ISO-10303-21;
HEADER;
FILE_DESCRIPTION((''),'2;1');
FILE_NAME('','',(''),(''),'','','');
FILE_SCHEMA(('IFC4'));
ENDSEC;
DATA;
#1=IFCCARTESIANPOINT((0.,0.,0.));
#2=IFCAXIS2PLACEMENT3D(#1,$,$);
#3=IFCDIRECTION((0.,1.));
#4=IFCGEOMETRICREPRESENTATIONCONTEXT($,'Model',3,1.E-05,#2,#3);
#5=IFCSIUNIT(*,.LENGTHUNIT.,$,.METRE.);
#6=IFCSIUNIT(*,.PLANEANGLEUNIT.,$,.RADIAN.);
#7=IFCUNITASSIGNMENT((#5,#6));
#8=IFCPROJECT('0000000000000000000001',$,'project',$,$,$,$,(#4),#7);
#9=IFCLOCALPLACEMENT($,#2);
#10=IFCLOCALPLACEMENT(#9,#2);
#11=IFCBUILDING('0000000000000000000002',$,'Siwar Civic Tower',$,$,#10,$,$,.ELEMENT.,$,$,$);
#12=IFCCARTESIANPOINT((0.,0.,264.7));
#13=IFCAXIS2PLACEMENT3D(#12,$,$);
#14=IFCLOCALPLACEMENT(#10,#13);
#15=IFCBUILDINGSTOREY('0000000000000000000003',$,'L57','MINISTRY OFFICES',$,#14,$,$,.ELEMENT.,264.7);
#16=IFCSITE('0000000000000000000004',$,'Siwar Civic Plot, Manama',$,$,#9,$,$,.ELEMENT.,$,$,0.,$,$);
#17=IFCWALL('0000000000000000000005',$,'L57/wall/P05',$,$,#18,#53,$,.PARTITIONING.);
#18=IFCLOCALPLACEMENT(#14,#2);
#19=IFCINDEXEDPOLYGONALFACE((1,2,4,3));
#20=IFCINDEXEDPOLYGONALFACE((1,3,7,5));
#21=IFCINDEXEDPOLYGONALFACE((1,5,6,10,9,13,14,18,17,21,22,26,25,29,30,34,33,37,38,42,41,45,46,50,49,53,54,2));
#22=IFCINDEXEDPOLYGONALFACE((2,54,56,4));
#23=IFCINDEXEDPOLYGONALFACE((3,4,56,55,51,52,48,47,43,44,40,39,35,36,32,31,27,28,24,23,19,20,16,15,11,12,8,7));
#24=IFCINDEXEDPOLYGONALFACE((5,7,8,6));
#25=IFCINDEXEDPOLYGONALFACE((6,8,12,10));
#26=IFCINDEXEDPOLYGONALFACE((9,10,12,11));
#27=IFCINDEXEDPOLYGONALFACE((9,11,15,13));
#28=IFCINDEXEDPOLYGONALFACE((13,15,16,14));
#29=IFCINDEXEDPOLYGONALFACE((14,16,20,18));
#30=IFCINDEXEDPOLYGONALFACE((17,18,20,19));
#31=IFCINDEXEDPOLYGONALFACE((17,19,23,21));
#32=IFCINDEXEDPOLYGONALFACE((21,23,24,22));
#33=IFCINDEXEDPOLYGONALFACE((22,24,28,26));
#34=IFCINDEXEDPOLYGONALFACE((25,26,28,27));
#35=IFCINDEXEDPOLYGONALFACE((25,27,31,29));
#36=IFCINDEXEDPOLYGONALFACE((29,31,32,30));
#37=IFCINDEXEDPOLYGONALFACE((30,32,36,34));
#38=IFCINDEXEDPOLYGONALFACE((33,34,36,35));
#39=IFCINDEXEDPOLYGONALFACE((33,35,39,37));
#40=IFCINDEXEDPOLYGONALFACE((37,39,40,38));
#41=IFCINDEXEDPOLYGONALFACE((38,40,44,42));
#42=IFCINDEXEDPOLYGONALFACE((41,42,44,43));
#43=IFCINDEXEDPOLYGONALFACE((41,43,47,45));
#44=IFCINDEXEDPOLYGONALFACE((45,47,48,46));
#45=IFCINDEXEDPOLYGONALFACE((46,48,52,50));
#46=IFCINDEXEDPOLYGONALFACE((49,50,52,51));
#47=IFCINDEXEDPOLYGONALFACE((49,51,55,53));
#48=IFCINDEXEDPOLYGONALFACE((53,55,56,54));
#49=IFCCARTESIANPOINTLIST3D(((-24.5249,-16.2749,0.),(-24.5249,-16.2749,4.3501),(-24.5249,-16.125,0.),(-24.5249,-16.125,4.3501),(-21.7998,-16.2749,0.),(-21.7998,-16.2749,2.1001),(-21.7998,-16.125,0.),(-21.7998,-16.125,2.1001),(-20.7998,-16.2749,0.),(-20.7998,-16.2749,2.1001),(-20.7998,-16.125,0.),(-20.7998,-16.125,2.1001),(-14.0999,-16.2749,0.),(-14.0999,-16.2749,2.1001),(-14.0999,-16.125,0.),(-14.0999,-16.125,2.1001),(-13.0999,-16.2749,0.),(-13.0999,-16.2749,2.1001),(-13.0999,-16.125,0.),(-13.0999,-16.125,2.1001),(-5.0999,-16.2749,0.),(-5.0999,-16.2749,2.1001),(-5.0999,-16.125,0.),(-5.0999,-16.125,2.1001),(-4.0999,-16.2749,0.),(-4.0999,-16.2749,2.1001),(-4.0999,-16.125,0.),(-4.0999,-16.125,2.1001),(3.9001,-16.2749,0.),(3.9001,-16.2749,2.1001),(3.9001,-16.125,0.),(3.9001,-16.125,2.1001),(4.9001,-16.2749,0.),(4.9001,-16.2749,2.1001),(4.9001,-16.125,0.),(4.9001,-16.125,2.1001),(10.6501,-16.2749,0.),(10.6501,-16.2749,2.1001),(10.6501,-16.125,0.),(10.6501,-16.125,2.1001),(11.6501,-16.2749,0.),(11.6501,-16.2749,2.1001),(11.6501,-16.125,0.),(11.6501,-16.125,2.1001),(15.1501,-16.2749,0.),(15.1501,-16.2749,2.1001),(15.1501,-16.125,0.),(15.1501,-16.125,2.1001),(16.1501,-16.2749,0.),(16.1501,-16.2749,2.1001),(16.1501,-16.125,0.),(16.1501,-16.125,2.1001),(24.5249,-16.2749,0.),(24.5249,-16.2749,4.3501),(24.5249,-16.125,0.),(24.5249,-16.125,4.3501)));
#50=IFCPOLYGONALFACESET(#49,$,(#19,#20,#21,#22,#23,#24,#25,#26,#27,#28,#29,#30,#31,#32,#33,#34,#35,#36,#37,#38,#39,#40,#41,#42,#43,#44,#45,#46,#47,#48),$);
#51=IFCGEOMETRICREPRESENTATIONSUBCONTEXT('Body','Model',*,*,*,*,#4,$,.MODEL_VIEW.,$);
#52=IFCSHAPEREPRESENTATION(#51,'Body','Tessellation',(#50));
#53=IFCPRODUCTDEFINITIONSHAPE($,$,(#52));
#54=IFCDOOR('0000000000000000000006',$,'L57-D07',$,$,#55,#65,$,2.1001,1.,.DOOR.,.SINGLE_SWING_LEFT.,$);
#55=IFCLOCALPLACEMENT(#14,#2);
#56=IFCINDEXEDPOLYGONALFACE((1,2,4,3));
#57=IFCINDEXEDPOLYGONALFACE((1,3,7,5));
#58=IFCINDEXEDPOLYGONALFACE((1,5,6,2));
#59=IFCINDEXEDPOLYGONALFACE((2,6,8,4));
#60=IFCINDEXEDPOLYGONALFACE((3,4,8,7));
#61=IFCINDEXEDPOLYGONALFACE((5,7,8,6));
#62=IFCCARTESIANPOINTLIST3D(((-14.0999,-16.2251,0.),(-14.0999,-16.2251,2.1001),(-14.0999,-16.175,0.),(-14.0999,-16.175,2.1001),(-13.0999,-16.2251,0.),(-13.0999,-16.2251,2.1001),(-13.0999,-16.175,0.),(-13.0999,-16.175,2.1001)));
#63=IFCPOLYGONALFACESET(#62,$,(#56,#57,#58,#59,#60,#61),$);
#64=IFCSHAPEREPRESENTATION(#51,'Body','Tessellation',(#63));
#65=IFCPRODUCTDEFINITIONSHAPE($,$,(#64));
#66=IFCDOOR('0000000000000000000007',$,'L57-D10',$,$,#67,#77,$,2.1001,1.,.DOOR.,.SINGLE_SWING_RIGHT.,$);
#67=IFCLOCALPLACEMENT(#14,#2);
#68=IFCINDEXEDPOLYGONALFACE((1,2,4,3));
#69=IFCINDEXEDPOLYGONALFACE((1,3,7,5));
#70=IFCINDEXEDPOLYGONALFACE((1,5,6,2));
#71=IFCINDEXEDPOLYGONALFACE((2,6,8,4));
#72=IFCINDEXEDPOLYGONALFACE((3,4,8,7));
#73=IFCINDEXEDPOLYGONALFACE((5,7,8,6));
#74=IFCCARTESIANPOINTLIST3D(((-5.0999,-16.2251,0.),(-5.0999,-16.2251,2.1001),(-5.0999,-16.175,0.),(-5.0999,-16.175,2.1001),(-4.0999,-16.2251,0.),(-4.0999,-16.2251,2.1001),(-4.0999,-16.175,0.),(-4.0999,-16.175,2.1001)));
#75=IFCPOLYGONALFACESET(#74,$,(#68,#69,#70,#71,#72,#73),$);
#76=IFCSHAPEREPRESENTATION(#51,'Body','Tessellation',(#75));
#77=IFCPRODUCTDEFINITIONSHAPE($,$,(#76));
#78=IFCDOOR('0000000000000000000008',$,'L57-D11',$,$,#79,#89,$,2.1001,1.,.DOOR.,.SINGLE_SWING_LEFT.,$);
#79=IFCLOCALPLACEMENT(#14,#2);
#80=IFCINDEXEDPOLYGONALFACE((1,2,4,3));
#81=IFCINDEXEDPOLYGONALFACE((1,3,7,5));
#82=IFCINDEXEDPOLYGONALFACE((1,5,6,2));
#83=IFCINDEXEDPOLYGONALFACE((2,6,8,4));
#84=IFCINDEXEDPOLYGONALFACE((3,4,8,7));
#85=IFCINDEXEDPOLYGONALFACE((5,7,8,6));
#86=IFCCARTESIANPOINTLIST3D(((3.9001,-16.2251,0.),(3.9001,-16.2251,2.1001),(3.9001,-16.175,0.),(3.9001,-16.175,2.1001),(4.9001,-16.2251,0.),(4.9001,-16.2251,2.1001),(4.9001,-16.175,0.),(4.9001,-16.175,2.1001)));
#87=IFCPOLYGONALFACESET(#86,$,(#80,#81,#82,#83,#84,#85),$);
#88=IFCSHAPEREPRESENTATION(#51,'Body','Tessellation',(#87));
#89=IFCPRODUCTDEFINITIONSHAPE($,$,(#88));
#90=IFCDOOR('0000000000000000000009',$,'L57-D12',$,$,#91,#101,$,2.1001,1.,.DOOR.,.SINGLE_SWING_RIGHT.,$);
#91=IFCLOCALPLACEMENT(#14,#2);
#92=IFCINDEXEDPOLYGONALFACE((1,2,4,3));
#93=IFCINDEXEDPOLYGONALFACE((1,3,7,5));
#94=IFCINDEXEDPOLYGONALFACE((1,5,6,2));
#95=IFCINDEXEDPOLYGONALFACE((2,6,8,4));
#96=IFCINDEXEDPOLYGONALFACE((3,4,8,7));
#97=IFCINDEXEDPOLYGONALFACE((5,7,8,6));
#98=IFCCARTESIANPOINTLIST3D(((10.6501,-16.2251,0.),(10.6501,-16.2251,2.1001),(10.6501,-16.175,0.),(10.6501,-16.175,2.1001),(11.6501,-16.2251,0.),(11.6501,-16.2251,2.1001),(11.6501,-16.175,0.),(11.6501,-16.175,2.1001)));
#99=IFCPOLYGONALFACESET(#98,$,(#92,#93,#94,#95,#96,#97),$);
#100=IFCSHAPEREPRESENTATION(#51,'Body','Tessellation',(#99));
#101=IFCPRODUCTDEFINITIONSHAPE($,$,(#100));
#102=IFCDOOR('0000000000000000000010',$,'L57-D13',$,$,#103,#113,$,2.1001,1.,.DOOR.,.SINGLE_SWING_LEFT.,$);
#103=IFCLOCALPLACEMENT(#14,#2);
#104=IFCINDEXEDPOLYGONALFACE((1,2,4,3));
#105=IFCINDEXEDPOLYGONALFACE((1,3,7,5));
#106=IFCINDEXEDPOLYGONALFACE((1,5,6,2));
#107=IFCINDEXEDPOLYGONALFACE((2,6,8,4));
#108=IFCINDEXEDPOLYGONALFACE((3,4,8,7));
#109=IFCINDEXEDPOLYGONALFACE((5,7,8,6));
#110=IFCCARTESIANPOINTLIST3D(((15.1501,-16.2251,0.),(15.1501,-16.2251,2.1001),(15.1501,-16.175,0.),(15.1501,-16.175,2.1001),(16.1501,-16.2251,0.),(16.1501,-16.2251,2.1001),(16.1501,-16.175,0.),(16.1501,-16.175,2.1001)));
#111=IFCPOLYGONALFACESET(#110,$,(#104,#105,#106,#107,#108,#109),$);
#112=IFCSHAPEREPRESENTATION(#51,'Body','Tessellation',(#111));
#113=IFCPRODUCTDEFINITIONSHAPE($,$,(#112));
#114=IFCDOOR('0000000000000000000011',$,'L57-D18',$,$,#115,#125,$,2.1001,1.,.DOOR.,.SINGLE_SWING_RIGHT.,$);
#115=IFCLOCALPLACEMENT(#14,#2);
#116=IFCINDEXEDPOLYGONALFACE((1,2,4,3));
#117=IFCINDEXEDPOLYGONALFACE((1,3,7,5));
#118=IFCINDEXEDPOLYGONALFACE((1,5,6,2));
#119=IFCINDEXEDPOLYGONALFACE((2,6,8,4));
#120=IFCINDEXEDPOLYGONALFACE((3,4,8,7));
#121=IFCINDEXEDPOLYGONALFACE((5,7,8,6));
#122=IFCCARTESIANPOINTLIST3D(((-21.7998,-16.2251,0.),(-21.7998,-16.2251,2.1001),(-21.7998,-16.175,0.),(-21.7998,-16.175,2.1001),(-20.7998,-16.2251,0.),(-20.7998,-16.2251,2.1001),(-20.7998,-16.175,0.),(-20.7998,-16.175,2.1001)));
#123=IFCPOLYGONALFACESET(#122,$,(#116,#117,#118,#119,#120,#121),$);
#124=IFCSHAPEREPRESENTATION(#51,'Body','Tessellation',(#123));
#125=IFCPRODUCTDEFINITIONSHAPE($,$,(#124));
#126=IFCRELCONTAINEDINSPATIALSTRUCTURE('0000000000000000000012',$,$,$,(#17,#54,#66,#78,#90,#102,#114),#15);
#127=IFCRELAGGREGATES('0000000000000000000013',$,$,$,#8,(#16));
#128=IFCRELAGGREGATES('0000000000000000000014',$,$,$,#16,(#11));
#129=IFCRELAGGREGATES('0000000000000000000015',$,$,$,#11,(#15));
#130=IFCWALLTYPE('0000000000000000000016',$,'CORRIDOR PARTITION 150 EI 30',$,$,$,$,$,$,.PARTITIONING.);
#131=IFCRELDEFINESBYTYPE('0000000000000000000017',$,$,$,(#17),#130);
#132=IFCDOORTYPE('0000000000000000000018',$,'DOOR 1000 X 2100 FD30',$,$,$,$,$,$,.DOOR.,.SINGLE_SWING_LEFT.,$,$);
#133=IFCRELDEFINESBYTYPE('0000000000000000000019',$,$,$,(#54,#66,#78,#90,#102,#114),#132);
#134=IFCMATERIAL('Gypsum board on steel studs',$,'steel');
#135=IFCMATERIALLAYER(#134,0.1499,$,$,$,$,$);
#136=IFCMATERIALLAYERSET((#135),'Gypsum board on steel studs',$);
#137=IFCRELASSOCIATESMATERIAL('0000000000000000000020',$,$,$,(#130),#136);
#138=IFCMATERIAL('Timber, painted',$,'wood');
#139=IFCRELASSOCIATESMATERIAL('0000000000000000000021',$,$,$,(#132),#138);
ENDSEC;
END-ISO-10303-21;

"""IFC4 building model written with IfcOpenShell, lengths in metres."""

from ifc_helpers import new_model, si_unit, direction, frame, frame_2d, origin, place, context, subcontext, project, spatial, rectangle, extrude, material, layer, layer_set, type_object, element, fill, save


model = new_model("IFC4")

# Units and contexts
model_context = context("Model", 3, precision=1e-05, world=origin(), true_north=direction((0.0, 1.0)))
body_context = subcontext(model_context, "Body", "Model", "MODEL_VIEW")
ifc_project = project(units=[si_unit("LENGTHUNIT", "METRE"), si_unit("PLANEANGLEUNIT", "RADIAN")], contexts=[model_context])

# Site, building, storey
site_placement = place(None, origin())
site = spatial("IfcSite", under=ifc_project, at=site_placement, Name="Siwar Civic Plot, Manama", CompositionType="ELEMENT", RefElevation=0.0)
building_placement = place(site_placement, origin())
building = spatial("IfcBuilding", under=site, at=building_placement, Name="Siwar Civic Tower", CompositionType="ELEMENT")
storey_placement = place(building_placement, frame((0.0, 0.0, 264.7)))
storey = spatial("IfcBuildingStorey", under=building, at=storey_placement, Name="L57", Description="MINISTRY OFFICES", CompositionType="ELEMENT", Elevation=264.7)

# Wall, openings, doors
ifc_material_1 = material(Name="Gypsum board on steel studs", Category="steel")
ifc_layer_1 = layer(ifc_material_1, 0.1499)
ifc_layer_set_1 = layer_set([ifc_layer_1], Name="Gypsum board on steel studs")
wall_type_1 = type_object("IfcWallType", Name="CORRIDOR PARTITION 150 EI 30", PredefinedType="PARTITIONING", material=ifc_layer_set_1)
wall_1_placement = place(storey_placement, frame((-24.5249, -16.2, 0.0), z_axis=(0.0, 0.0, 1.0), x_axis=(1.0, 0.0, 0.0)))
wall_1 = element("IfcWall", 1, at=wall_1_placement, inside=storey, type_object=wall_type_1, Name="L57/wall/P05", PredefinedType="PARTITIONING", context=body_context, shape_type="SweptSolid", body=[
    extrude(rectangle(XDim=49.0498, YDim=0.1499, at=frame_2d((24.5249, 0.0))), origin(), (0.0, 0.0, 1.0), 4.3501),
])
opening_1_placement = place(wall_1_placement, frame((10.425, 0.0, 0.0)))
opening_1 = element("IfcOpeningElement", 2, at=opening_1_placement, cuts=wall_1, PredefinedType="OPENING", context=body_context, shape_type="SweptSolid", body=[
    extrude(rectangle(XDim=1.0, YDim=2.1001, at=frame_2d((0.5, 1.05))), frame((0.0, 0.085, 0.0), z_axis=(0.0, -1.0, 0.0), x_axis=(1.0, 0.0, 0.0)), (0.0, 0.0, 1.0), 0.1699),
])
opening_2_placement = place(wall_1_placement, frame((19.425, 0.0, 0.0)))
opening_2 = element("IfcOpeningElement", 3, at=opening_2_placement, cuts=wall_1, PredefinedType="OPENING", context=body_context, shape_type="SweptSolid", body=[
    extrude(rectangle(XDim=1.0, YDim=2.1001, at=frame_2d((0.5, 1.05))), frame((0.0, 0.085, 0.0), z_axis=(0.0, -1.0, 0.0), x_axis=(1.0, 0.0, 0.0)), (0.0, 0.0, 1.0), 0.1699),
])
opening_3_placement = place(wall_1_placement, frame((28.425, 0.0, 0.0)))
opening_3 = element("IfcOpeningElement", 4, at=opening_3_placement, cuts=wall_1, PredefinedType="OPENING", context=body_context, shape_type="SweptSolid", body=[
    extrude(rectangle(XDim=1.0, YDim=2.1001, at=frame_2d((0.5, 1.05))), frame((0.0, 0.085, 0.0), z_axis=(0.0, -1.0, 0.0), x_axis=(1.0, 0.0, 0.0)), (0.0, 0.0, 1.0), 0.1699),
])
opening_4_placement = place(wall_1_placement, frame((35.175, 0.0, 0.0)))
opening_4 = element("IfcOpeningElement", 5, at=opening_4_placement, cuts=wall_1, PredefinedType="OPENING", context=body_context, shape_type="SweptSolid", body=[
    extrude(rectangle(XDim=1.0, YDim=2.1001, at=frame_2d((0.5, 1.05))), frame((0.0, 0.085, 0.0), z_axis=(0.0, -1.0, 0.0), x_axis=(1.0, 0.0, 0.0)), (0.0, 0.0, 1.0), 0.1699),
])
opening_5_placement = place(wall_1_placement, frame((39.675, 0.0, 0.0)))
opening_5 = element("IfcOpeningElement", 6, at=opening_5_placement, cuts=wall_1, PredefinedType="OPENING", context=body_context, shape_type="SweptSolid", body=[
    extrude(rectangle(XDim=1.0, YDim=2.1001, at=frame_2d((0.5, 1.05))), frame((0.0, 0.085, 0.0), z_axis=(0.0, -1.0, 0.0), x_axis=(1.0, 0.0, 0.0)), (0.0, 0.0, 1.0), 0.1699),
])
opening_6_placement = place(wall_1_placement, frame((2.7251, 0.0, 0.0)))
opening_6 = element("IfcOpeningElement", 7, at=opening_6_placement, cuts=wall_1, PredefinedType="OPENING", context=body_context, shape_type="SweptSolid", body=[
    extrude(rectangle(XDim=1.0, YDim=2.1001, at=frame_2d((0.5, 1.05))), frame((0.0, 0.085, 0.0), z_axis=(0.0, -1.0, 0.0), x_axis=(1.0, 0.0, 0.0)), (0.0, 0.0, 1.0), 0.1699),
])
ifc_material_2 = material(Name="Timber, painted", Category="wood")
door_type = type_object("IfcDoorType", Name="DOOR 1000 X 2100 FD30", OperationType="SINGLE_SWING_LEFT", PredefinedType="DOOR", material=ifc_material_2)
door_1_placement = place(opening_1_placement, origin())
door_1 = element("IfcDoor", 8, at=door_1_placement, inside=storey, type_object=door_type, Name="L57-D07", OperationType="SINGLE_SWING_LEFT", OverallHeight=2.1001, OverallWidth=1.0, PredefinedType="DOOR", context=body_context, shape_type="SweptSolid", body=[
    extrude(rectangle(XDim=1.0, YDim=2.1001, at=frame_2d((0.5, 1.05))), frame((0.0, 0.0249, 0.0), z_axis=(0.0, -1.0, 0.0), x_axis=(1.0, 0.0, 0.0)), (0.0, 0.0, 1.0), 0.05),
])
fill(opening_1, door_1)
door_2_placement = place(opening_2_placement, origin())
door_2 = element("IfcDoor", 9, at=door_2_placement, inside=storey, type_object=door_type, Name="L57-D10", OperationType="SINGLE_SWING_RIGHT", OverallHeight=2.1001, OverallWidth=1.0, PredefinedType="DOOR", context=body_context, shape_type="SweptSolid", body=[
    extrude(rectangle(XDim=1.0, YDim=2.1001, at=frame_2d((0.5, 1.05))), frame((0.0, 0.0249, 0.0), z_axis=(0.0, -1.0, 0.0), x_axis=(1.0, 0.0, 0.0)), (0.0, 0.0, 1.0), 0.05),
])
fill(opening_2, door_2)
door_3_placement = place(opening_3_placement, origin())
door_3 = element("IfcDoor", 10, at=door_3_placement, inside=storey, type_object=door_type, Name="L57-D11", OperationType="SINGLE_SWING_LEFT", OverallHeight=2.1001, OverallWidth=1.0, PredefinedType="DOOR", context=body_context, shape_type="SweptSolid", body=[
    extrude(rectangle(XDim=1.0, YDim=2.1001, at=frame_2d((0.5, 1.05))), frame((0.0, 0.0249, 0.0), z_axis=(0.0, -1.0, 0.0), x_axis=(1.0, 0.0, 0.0)), (0.0, 0.0, 1.0), 0.05),
])
fill(opening_3, door_3)
door_4_placement = place(opening_4_placement, origin())
door_4 = element("IfcDoor", 11, at=door_4_placement, inside=storey, type_object=door_type, Name="L57-D12", OperationType="SINGLE_SWING_RIGHT", OverallHeight=2.1001, OverallWidth=1.0, PredefinedType="DOOR", context=body_context, shape_type="SweptSolid", body=[
    extrude(rectangle(XDim=1.0, YDim=2.1001, at=frame_2d((0.5, 1.05))), frame((0.0, 0.0249, 0.0), z_axis=(0.0, -1.0, 0.0), x_axis=(1.0, 0.0, 0.0)), (0.0, 0.0, 1.0), 0.05),
])
fill(opening_4, door_4)
door_5_placement = place(opening_5_placement, origin())
door_5 = element("IfcDoor", 12, at=door_5_placement, inside=storey, type_object=door_type, Name="L57-D13", OperationType="SINGLE_SWING_LEFT", OverallHeight=2.1001, OverallWidth=1.0, PredefinedType="DOOR", context=body_context, shape_type="SweptSolid", body=[
    extrude(rectangle(XDim=1.0, YDim=2.1001, at=frame_2d((0.5, 1.05))), frame((0.0, 0.0249, 0.0), z_axis=(0.0, -1.0, 0.0), x_axis=(1.0, 0.0, 0.0)), (0.0, 0.0, 1.0), 0.05),
])
fill(opening_5, door_5)
door_6_placement = place(opening_6_placement, origin())
door_6 = element("IfcDoor", 13, at=door_6_placement, inside=storey, type_object=door_type, Name="L57-D18", OperationType="SINGLE_SWING_RIGHT", OverallHeight=2.1001, OverallWidth=1.0, PredefinedType="DOOR", context=body_context, shape_type="SweptSolid", body=[
    extrude(rectangle(XDim=1.0, YDim=2.1001, at=frame_2d((0.5, 1.05))), frame((0.0, 0.0249, 0.0), z_axis=(0.0, -1.0, 0.0), x_axis=(1.0, 0.0, 0.0)), (0.0, 0.0, 1.0), 0.05),
])
fill(opening_6, door_6)

save(model, "model.ifc")
